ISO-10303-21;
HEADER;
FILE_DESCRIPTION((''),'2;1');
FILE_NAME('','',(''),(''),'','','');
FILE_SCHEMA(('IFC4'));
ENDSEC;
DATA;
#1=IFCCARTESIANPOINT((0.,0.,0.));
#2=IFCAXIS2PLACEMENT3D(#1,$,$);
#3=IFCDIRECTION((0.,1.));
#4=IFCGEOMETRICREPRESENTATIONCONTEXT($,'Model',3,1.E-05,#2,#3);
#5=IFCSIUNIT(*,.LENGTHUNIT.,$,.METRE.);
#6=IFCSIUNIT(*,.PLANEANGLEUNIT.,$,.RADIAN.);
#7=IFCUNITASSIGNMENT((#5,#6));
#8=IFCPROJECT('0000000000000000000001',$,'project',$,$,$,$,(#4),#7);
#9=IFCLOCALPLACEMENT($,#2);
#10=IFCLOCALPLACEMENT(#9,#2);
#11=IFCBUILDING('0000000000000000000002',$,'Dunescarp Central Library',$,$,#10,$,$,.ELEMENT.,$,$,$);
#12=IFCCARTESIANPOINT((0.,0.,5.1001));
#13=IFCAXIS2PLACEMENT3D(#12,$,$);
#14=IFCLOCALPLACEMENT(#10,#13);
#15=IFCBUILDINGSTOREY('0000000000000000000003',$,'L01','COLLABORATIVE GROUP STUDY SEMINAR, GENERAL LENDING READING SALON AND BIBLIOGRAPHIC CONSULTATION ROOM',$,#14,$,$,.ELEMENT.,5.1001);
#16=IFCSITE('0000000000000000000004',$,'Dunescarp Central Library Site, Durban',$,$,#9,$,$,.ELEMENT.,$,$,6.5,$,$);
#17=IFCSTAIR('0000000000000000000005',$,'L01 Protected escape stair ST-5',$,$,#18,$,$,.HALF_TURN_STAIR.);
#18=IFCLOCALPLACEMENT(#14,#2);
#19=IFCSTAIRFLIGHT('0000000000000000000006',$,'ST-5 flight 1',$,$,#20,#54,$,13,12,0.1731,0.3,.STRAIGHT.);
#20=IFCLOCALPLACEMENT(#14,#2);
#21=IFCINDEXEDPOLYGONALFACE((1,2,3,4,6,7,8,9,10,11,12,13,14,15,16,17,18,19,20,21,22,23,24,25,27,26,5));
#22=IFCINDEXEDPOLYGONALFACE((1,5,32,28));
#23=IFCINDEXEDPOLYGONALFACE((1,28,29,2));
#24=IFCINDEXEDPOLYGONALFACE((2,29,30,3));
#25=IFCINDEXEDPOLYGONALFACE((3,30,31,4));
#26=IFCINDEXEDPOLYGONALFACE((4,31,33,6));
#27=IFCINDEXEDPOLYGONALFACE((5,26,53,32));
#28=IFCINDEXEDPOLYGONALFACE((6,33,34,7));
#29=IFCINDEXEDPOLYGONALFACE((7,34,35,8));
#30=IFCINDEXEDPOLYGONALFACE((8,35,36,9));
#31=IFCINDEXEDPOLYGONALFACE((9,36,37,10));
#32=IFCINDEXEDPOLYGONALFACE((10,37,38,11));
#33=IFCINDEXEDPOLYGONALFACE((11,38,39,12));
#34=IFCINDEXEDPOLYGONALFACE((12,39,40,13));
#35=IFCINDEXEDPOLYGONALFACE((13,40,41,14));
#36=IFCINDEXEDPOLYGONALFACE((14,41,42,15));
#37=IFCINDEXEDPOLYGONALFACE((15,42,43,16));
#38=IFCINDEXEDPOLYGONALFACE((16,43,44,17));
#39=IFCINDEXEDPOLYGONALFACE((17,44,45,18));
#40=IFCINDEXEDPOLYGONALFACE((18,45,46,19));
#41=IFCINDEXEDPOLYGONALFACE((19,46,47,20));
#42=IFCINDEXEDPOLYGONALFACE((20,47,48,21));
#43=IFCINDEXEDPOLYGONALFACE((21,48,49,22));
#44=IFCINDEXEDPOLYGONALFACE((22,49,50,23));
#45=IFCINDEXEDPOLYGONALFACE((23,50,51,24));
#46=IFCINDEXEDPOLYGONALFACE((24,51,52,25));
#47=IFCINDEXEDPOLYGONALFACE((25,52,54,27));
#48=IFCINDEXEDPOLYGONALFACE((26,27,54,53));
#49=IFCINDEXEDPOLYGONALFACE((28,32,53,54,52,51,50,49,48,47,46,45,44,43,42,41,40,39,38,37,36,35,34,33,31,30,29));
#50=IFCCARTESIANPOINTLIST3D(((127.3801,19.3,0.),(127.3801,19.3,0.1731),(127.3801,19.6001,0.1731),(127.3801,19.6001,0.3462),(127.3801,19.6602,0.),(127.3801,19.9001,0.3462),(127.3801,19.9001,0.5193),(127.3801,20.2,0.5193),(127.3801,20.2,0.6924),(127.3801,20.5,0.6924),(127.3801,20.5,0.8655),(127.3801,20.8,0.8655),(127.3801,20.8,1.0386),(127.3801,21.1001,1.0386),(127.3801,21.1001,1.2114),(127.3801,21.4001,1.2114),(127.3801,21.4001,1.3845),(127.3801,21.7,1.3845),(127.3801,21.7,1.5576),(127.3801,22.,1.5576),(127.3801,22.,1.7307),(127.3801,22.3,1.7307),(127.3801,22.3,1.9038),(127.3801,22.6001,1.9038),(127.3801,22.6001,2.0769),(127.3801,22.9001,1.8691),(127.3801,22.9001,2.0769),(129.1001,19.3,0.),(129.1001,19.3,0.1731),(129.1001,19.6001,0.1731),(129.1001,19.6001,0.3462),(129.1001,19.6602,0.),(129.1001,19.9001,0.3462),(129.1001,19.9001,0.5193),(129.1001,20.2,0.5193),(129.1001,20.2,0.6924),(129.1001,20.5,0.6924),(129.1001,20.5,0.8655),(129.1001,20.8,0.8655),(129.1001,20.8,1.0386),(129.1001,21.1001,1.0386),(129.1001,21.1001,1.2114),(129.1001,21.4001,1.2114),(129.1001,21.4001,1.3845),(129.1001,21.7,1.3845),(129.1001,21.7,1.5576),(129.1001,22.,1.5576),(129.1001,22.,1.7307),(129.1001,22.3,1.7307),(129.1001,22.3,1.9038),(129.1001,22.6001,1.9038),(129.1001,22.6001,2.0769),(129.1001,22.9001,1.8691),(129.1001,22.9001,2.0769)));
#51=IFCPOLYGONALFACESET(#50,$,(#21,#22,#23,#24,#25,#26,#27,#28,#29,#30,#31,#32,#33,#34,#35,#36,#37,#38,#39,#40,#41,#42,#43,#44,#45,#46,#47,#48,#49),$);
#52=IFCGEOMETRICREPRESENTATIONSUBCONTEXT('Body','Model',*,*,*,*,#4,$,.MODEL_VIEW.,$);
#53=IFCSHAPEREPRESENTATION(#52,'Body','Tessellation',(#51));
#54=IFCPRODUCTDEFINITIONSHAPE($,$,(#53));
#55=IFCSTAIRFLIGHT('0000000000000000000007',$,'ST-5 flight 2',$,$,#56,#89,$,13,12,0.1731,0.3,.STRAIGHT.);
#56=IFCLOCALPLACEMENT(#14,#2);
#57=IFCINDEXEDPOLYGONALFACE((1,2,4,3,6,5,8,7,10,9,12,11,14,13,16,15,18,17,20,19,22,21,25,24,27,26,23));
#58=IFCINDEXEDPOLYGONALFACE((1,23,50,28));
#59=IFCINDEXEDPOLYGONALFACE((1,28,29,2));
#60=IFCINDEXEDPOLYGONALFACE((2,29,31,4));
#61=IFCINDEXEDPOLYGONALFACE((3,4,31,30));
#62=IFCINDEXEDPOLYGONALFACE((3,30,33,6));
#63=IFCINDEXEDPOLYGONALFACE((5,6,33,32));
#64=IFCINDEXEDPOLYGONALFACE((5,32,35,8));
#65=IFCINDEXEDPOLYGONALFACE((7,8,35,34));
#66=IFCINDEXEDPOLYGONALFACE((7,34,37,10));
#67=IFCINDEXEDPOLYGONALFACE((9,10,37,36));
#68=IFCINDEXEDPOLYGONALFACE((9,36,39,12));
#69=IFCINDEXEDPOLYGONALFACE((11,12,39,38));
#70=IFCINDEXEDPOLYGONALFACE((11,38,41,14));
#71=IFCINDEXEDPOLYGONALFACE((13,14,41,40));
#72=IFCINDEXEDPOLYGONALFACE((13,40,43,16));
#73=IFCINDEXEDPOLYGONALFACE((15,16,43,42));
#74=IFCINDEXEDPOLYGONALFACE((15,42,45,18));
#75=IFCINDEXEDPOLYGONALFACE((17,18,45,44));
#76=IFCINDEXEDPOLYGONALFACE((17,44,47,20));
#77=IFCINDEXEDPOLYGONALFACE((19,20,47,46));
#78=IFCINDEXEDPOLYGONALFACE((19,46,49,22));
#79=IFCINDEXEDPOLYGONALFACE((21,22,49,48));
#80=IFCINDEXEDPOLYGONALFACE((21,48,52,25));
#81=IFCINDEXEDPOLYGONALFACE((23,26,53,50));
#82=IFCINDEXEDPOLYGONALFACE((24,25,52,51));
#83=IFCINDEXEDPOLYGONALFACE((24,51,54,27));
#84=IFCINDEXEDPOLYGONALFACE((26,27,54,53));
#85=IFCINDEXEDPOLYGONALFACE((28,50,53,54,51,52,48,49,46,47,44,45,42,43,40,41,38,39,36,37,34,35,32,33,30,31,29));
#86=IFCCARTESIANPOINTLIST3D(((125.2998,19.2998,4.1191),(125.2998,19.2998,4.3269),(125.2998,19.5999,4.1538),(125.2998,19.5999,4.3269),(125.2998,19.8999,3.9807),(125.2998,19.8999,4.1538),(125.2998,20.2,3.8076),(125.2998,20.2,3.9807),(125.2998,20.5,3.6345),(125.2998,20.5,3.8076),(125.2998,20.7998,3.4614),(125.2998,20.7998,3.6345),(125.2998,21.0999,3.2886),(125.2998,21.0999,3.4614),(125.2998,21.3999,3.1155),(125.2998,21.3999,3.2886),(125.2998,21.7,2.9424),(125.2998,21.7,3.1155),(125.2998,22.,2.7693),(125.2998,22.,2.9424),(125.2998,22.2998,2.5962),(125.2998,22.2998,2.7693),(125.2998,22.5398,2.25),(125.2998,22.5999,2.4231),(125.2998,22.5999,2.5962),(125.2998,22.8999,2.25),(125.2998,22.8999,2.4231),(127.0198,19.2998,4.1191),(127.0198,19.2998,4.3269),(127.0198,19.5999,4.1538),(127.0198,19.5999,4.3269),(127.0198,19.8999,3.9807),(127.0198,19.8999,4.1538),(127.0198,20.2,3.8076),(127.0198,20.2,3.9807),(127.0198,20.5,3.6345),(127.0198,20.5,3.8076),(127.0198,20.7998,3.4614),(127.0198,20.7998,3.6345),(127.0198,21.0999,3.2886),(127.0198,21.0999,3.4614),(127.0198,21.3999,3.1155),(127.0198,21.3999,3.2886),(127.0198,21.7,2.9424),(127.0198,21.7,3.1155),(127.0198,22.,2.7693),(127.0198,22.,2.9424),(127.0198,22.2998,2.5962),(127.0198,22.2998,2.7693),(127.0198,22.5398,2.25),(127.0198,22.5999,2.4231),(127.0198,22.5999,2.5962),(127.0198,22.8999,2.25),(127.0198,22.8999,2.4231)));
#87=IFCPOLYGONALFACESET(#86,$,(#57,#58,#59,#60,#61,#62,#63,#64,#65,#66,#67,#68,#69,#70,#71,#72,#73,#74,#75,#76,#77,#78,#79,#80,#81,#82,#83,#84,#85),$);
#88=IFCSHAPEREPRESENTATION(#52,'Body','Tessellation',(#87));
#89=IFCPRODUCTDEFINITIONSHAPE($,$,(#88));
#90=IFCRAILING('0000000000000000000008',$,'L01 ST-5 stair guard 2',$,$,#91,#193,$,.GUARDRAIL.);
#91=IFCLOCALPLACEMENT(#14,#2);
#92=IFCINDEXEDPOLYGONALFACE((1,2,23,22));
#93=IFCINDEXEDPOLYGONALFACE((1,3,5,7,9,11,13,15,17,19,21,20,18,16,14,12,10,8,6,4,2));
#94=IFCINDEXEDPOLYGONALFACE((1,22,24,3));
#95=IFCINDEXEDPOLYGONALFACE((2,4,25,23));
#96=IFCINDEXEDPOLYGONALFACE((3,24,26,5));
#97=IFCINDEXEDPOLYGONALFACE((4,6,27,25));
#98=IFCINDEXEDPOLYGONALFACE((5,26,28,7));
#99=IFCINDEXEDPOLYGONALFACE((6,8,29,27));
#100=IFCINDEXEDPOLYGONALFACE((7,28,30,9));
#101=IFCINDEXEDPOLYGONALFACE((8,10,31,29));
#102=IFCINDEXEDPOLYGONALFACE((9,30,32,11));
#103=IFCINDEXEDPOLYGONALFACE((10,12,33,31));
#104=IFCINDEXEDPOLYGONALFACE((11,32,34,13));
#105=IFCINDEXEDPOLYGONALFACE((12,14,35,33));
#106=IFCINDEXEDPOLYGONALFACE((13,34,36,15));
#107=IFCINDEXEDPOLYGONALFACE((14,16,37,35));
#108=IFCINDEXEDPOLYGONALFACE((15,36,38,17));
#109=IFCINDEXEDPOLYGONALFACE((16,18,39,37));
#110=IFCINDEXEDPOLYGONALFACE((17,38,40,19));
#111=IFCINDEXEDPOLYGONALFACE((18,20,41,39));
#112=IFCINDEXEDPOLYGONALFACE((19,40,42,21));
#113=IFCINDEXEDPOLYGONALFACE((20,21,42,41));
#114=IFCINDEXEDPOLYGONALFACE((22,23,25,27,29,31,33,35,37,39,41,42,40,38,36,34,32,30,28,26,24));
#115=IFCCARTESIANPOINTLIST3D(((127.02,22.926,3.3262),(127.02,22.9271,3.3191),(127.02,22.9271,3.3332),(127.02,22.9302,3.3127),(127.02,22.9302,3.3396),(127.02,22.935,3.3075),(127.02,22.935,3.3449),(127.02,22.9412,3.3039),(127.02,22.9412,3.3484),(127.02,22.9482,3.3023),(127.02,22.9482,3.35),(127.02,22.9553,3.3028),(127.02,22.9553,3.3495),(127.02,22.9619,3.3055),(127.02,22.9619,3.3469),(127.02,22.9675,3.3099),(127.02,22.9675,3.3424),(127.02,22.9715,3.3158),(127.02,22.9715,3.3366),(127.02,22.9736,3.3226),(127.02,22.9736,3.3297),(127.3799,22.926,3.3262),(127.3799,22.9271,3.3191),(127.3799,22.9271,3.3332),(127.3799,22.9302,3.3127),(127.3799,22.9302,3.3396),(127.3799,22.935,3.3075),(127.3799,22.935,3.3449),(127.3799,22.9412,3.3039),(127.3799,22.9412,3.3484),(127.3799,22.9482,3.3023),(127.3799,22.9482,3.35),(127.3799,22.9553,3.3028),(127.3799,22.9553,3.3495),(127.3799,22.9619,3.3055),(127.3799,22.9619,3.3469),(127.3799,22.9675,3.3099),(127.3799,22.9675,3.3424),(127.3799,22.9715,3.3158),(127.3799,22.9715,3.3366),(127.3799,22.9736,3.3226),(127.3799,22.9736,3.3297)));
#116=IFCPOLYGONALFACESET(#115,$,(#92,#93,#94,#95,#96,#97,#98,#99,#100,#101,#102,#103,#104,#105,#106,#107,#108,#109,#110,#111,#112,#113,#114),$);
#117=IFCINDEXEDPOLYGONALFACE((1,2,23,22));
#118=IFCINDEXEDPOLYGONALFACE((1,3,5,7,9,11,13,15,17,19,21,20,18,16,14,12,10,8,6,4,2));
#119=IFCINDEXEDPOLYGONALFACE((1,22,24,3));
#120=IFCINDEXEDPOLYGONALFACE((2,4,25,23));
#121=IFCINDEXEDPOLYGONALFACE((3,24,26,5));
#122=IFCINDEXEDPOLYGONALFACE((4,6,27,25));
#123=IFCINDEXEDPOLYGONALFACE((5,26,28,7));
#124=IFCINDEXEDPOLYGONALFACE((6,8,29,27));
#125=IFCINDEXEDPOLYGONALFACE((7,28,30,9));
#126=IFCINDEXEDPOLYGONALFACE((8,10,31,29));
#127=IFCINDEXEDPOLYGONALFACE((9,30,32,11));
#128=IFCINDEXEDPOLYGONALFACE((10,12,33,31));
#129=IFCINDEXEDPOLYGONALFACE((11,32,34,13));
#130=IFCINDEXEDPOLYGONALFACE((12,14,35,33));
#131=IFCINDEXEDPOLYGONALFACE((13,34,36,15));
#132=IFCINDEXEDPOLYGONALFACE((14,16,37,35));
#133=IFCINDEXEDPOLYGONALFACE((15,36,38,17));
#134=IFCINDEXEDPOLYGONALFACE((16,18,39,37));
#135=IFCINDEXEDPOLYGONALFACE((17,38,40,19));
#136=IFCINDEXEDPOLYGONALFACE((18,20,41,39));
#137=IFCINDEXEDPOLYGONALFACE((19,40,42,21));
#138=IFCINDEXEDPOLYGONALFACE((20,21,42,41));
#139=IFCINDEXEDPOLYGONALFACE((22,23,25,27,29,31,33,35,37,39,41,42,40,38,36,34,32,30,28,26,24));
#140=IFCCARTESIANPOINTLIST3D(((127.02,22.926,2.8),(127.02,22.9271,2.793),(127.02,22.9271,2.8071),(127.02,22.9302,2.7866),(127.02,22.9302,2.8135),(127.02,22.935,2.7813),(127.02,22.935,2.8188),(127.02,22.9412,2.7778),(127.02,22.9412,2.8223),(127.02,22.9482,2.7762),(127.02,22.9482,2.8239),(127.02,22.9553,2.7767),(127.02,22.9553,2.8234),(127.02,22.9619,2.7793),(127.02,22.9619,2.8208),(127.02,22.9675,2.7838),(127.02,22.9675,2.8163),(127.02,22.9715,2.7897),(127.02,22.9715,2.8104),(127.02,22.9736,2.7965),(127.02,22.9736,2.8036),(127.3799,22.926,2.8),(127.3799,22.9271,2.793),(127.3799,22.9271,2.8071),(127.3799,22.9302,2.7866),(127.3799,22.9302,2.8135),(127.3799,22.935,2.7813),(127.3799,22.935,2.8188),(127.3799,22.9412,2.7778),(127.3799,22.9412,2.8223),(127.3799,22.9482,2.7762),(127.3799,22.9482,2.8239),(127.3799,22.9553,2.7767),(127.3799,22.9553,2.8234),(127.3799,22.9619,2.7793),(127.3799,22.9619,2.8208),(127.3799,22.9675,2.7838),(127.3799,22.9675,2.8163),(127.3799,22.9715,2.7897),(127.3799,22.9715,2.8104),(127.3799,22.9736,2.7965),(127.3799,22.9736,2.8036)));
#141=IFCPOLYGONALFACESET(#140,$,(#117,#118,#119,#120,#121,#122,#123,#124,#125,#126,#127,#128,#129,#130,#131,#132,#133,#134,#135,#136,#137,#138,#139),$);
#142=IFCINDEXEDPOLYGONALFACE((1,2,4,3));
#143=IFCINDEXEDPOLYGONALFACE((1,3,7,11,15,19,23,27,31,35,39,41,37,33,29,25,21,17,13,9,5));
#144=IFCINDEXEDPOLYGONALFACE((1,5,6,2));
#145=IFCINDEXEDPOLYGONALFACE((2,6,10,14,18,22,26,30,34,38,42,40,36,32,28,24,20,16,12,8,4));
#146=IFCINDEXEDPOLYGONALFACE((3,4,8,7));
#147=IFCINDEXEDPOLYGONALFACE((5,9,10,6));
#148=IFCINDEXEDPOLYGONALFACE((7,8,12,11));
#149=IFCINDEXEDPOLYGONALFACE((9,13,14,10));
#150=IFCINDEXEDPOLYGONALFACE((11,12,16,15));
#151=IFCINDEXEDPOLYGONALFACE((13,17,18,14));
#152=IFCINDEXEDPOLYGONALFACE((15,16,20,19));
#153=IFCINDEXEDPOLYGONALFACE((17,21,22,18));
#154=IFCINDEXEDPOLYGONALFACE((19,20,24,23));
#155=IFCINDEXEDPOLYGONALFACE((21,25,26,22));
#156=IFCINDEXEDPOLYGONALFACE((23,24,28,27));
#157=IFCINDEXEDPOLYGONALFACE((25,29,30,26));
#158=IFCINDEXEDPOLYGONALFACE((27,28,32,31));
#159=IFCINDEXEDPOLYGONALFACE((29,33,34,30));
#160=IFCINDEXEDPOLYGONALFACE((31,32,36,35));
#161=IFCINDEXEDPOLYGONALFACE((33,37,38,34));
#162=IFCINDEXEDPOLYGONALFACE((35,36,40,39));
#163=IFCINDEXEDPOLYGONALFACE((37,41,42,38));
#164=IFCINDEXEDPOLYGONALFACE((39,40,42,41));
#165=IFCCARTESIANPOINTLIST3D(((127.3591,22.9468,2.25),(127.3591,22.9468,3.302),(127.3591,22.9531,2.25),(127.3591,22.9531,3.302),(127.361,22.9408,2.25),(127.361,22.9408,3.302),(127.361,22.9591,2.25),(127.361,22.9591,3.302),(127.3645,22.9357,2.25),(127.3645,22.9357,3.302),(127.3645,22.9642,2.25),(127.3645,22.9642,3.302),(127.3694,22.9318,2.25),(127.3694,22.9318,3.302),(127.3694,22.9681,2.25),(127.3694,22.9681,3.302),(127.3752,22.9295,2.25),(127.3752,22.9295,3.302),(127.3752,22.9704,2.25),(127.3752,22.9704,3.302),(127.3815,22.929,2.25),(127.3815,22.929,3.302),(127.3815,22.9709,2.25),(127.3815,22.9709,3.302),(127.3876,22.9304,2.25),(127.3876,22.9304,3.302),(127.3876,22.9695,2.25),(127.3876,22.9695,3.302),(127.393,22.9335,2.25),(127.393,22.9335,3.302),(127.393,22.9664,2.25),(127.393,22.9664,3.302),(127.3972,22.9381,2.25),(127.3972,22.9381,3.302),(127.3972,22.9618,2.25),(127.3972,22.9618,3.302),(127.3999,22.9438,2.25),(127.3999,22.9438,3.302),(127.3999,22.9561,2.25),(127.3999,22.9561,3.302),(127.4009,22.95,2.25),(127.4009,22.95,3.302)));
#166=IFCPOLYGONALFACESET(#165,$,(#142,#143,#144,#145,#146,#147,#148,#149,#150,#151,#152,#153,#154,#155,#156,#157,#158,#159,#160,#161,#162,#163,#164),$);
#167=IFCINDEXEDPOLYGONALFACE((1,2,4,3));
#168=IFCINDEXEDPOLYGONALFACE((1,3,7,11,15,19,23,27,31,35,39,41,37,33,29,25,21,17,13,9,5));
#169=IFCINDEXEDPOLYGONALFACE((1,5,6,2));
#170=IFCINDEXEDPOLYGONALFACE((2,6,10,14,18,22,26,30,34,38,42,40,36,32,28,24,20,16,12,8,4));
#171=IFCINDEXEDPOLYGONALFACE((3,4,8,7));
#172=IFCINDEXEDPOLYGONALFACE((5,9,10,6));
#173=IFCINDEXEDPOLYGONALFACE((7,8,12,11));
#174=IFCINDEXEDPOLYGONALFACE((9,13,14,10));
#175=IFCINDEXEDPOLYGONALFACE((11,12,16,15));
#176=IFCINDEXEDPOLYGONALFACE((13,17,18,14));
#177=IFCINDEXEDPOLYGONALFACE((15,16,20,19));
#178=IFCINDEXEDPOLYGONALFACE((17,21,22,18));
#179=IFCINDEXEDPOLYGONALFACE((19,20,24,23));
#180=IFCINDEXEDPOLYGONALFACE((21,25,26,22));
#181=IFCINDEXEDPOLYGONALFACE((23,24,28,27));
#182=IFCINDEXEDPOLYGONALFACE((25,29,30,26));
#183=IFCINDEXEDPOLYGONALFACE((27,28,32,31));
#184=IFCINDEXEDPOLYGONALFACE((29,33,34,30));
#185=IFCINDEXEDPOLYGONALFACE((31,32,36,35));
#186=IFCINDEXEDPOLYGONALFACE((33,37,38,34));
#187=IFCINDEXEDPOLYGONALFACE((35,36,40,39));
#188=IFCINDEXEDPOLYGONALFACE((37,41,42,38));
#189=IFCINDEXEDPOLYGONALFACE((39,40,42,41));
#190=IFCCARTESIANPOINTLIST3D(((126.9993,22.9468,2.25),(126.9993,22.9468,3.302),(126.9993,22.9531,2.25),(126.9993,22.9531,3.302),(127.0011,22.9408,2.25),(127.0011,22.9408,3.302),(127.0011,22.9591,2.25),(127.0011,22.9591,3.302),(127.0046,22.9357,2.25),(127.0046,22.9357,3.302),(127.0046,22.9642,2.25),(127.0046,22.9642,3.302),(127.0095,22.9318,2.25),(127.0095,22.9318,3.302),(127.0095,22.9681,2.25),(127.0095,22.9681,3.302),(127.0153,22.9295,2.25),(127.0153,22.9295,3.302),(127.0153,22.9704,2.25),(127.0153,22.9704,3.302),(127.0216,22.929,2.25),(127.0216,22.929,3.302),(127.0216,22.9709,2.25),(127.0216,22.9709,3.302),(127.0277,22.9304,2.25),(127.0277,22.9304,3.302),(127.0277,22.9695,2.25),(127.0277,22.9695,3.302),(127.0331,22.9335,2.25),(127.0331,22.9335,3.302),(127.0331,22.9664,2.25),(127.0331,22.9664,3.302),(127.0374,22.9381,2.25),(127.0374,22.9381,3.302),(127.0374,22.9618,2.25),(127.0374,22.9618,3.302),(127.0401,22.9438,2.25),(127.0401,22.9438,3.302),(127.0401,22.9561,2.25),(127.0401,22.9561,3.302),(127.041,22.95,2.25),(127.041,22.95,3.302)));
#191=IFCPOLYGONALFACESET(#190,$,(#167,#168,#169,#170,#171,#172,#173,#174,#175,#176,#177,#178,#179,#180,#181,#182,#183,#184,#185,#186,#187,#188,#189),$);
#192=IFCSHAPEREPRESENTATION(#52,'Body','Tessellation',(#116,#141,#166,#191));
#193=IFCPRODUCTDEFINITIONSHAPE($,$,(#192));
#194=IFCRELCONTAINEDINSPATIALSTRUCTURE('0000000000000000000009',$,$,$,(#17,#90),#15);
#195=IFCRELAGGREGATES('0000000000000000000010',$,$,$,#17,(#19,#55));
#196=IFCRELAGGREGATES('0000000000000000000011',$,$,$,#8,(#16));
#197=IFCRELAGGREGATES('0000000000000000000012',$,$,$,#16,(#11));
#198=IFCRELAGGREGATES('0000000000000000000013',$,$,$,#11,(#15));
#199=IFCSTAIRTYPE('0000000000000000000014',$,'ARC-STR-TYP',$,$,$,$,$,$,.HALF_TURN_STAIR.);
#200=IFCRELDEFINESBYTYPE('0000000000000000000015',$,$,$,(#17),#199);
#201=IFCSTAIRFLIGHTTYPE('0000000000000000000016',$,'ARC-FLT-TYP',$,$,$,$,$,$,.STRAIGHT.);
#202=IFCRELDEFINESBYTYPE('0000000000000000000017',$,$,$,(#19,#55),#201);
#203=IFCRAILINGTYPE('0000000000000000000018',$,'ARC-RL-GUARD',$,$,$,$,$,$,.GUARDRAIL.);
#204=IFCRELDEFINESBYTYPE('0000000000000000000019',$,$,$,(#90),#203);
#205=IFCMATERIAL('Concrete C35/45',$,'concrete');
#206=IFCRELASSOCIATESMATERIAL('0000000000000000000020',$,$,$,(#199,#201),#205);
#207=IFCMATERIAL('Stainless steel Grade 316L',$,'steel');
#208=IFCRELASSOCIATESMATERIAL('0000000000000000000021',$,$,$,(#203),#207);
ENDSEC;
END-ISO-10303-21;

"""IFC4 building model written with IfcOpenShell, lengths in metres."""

from ifc_helpers import new_model, si_unit, direction, frame, origin, origin_2d, place, context, subcontext, project, spatial, polyline, circle, outline, extrude, material, type_object, element, aggregate, save


model = new_model("IFC4")

# Units and contexts
model_context = context("Model", 3, precision=1e-05, world=origin(), true_north=direction((0.0, 1.0)))
body_context = subcontext(model_context, "Body", "Model", "MODEL_VIEW")
ifc_project = project(units=[si_unit("LENGTHUNIT", "METRE"), si_unit("PLANEANGLEUNIT", "RADIAN")], contexts=[model_context])

# Site, building, storey
site_placement = place(None, origin())
site = spatial("IfcSite", under=ifc_project, at=site_placement, Name="Dunescarp Central Library Site, Durban", CompositionType="ELEMENT", RefElevation=6.5)
building_placement = place(site_placement, origin())
building = spatial("IfcBuilding", under=site, at=building_placement, Name="Dunescarp Central Library", CompositionType="ELEMENT")
storey_placement = place(building_placement, frame((0.0, 0.0, 5.1001)))
storey = spatial("IfcBuildingStorey", under=building, at=storey_placement, Name="L01", Description="COLLABORATIVE GROUP STUDY SEMINAR, GENERAL LENDING READING SALON AND BIBLIOGRAPHIC CONSULTATION ROOM", CompositionType="ELEMENT", Elevation=5.1001)

# Shared definitions
ifc_material_1 = material(Name="Concrete C35/45", Category="concrete")

# Stair, stair flights
stair_type = type_object("IfcStairType", Name="ARC-STR-TYP", PredefinedType="HALF_TURN_STAIR", material=ifc_material_1)
stair_placement = place(storey_placement, origin())
stair = element("IfcStair", 1, at=stair_placement, inside=storey, type_object=stair_type, Name="L01 Protected escape stair ST-5", PredefinedType="HALF_TURN_STAIR")
stair_flight_type = type_object("IfcStairFlightType", Name="ARC-FLT-TYP", PredefinedType="STRAIGHT", material=ifc_material_1)
stair_flight_1_placement = place(storey_placement, frame((128.24, 19.3, 0.0), z_axis=(0.0, 0.0, 1.0), x_axis=(0.0, 1.0, 0.0)))
stair_flight_1 = element("IfcStairFlight", 2, at=stair_flight_1_placement, type_object=stair_flight_type, Name="ST-5 flight 1", NumberOfRisers=13, NumberOfTreads=12, PredefinedType="STRAIGHT", RiserHeight=0.1731, TreadLength=0.3, context=body_context, shape_type="SweptSolid", body=[
    extrude(outline(polyline([(0.0, 0.0), (0.0, 0.1731), (0.3, 0.1731), (0.3, 0.3462), (0.6001, 0.3462), (0.6001, 0.5193), (0.8999, 0.5193), (0.8999, 0.6924), (1.2, 0.6924), (1.2, 0.8655), (1.5, 0.8655), (1.5, 1.0386), (1.8, 1.0386), (1.8, 1.2114), (2.1001, 1.2114), (2.1001, 1.3845), (2.3999, 1.3845), (2.3999, 1.5576), (2.7, 1.5576), (2.7, 1.7307), (3.0, 1.7307), (3.0, 1.9038), (3.3, 1.9038), (3.3, 2.0769), (3.6001, 2.0769), (3.6001, 2.25), (3.6001, 1.8691), (0.3601, 0.0), (0.0, 0.0)])), frame((0.0, 0.8599, 0.0), z_axis=(0.0, -1.0, 0.0), x_axis=(1.0, 0.0, 0.0)), (0.0, 0.0, 1.0), 1.72),
])
stair_flight_2_placement = place(storey_placement, frame((126.1599, 22.8999, 2.25), z_axis=(0.0, 0.0, 1.0), x_axis=(0.0, -1.0, 0.0)))
stair_flight_2 = element("IfcStairFlight", 3, at=stair_flight_2_placement, type_object=stair_flight_type, Name="ST-5 flight 2", NumberOfRisers=13, NumberOfTreads=12, PredefinedType="STRAIGHT", RiserHeight=0.1731, TreadLength=0.3, context=body_context, shape_type="SweptSolid", body=[
    extrude(outline(polyline([(0.0, 0.0), (0.0, 0.1731), (0.3, 0.1731), (0.3, 0.3462), (0.6001, 0.3462), (0.6001, 0.5193), (0.8999, 0.5193), (0.8999, 0.6924), (1.2, 0.6924), (1.2, 0.8655), (1.5, 0.8655), (1.5, 1.0386), (1.8, 1.0386), (1.8, 1.2114), (2.1001, 1.2114), (2.1001, 1.3845), (2.3999, 1.3845), (2.3999, 1.5576), (2.7, 1.5576), (2.7, 1.7307), (3.0, 1.7307), (3.0, 1.9038), (3.3, 1.9038), (3.3, 2.0769), (3.6001, 2.0769), (3.6001, 2.25), (3.6001, 1.8691), (0.3601, 0.0), (0.0, 0.0)])), frame((0.0, 0.8599, 0.0), z_axis=(0.0, -1.0, 0.0), x_axis=(1.0, 0.0, 0.0)), (0.0, 0.0, 1.0), 1.72),
])
aggregate(stair, [stair_flight_1, stair_flight_2])

# Railing
ifc_material_2 = material(Name="Stainless steel Grade 316L", Category="steel")
railing_type_1 = type_object("IfcRailingType", Name="ARC-RL-GUARD", PredefinedType="GUARDRAIL", material=ifc_material_2)
railing_1_placement = place(storey_placement, frame((127.3799, 22.95, 2.25)))
element("IfcRailing", 4, at=railing_1_placement, inside=storey, type_object=railing_type_1, Name="L01 ST-5 stair guard 2", PredefinedType="GUARDRAIL", context=body_context, shape_type="SweptSolid", body=[
    extrude(circle(Radius=0.0239, at=origin_2d()), frame((0.0, 0.0, 1.0762), z_axis=(-1.0, 0.0, 0.0), x_axis=(0.0, -1.0, 0.0)), (0.0, 0.0, 1.0), 0.3599),
    extrude(circle(Radius=0.0239, at=origin_2d()), frame((0.0, 0.0, 0.55), z_axis=(-1.0, 0.0, 0.0), x_axis=(0.0, -1.0, 0.0)), (0.0, 0.0, 1.0), 0.3599),
    extrude(circle(Radius=0.021, at=origin_2d()), origin(), (0.0, 0.0, 1.0), 1.052),
    extrude(circle(Radius=0.021, at=origin_2d()), frame((-0.3599, 0.0, 0.0)), (0.0, 0.0, 1.0), 1.052),
])

save(model, "model.ifc")
